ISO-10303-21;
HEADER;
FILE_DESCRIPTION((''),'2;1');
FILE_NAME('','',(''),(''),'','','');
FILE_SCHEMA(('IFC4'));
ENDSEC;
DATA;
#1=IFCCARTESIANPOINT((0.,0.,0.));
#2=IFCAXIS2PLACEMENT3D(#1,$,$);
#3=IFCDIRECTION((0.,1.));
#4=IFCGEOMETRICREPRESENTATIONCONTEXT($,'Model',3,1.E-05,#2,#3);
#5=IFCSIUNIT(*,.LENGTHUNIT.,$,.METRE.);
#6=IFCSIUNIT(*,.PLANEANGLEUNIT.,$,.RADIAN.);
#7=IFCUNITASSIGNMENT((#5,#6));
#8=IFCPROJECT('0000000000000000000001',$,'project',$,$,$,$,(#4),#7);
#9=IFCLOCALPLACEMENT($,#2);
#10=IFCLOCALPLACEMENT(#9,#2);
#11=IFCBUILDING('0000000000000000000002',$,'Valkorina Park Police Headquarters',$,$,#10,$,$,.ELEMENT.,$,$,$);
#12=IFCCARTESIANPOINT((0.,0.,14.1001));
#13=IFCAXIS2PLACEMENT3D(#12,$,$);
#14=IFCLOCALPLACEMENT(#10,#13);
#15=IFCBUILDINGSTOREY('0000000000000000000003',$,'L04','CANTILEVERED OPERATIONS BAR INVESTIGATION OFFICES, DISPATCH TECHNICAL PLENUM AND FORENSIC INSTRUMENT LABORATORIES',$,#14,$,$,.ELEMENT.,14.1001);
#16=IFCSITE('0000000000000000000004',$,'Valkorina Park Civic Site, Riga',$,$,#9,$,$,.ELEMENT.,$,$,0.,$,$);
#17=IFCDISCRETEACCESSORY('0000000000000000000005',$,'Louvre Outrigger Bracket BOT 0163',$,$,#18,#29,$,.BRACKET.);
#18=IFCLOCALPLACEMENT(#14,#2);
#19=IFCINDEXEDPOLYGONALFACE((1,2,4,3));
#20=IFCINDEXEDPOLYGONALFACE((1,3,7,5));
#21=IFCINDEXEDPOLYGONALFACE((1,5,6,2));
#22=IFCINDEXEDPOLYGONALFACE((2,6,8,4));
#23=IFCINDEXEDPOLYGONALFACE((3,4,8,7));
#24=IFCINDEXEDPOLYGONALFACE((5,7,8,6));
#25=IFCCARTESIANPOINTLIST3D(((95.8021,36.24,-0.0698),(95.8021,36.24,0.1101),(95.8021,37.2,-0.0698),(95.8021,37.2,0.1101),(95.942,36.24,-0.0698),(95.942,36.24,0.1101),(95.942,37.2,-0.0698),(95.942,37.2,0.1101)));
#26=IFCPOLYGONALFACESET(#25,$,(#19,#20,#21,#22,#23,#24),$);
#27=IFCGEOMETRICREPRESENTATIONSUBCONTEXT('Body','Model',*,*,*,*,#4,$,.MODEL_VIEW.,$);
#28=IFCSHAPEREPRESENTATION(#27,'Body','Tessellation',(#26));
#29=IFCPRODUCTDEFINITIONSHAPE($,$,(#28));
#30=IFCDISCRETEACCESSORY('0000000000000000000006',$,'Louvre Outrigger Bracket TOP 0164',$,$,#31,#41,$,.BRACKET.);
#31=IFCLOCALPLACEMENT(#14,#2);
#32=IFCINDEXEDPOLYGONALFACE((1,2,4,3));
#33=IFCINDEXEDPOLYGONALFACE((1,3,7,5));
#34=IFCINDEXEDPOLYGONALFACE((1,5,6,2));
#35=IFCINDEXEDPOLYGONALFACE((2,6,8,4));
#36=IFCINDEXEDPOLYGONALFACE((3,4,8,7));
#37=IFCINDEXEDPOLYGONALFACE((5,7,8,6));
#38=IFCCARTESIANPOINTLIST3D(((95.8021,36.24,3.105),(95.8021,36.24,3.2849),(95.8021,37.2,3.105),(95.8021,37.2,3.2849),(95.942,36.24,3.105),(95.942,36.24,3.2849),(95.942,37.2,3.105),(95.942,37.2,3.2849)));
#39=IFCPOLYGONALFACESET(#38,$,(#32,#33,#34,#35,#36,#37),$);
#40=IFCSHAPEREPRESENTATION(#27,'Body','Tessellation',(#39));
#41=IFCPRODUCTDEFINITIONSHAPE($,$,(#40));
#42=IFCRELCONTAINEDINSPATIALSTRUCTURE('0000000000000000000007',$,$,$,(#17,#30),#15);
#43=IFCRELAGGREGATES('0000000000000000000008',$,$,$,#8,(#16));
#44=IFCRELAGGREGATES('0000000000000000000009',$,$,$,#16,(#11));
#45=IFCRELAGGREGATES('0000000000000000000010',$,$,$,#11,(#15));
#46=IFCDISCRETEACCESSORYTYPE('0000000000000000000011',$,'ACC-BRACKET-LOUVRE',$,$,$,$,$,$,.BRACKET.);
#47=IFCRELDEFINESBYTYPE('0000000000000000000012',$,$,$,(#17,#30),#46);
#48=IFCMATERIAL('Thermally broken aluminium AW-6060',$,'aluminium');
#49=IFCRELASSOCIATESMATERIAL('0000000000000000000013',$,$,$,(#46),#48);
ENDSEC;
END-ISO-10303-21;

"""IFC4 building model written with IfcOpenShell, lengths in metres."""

from ifc_helpers import new_model, si_unit, direction, frame, origin, origin_2d, place, context, subcontext, project, spatial, rectangle, extrude, material, type_object, element, save


model = new_model("IFC4")

# Units and contexts
model_context = context("Model", 3, precision=1e-05, world=origin(), true_north=direction((0.0, 1.0)))
body_context = subcontext(model_context, "Body", "Model", "MODEL_VIEW")
ifc_project = project(units=[si_unit("LENGTHUNIT", "METRE"), si_unit("PLANEANGLEUNIT", "RADIAN")], contexts=[model_context])

# Site, building, storey
site_placement = place(None, origin())
site = spatial("IfcSite", under=ifc_project, at=site_placement, Name="Valkorina Park Civic Site, Riga", CompositionType="ELEMENT", RefElevation=0.0)
building_placement = place(site_placement, origin())
building = spatial("IfcBuilding", under=site, at=building_placement, Name="Valkorina Park Police Headquarters", CompositionType="ELEMENT")
storey_placement = place(building_placement, frame((0.0, 0.0, 14.1001)))
storey = spatial("IfcBuildingStorey", under=building, at=storey_placement, Name="L04", Description="CANTILEVERED OPERATIONS BAR INVESTIGATION OFFICES, DISPATCH TECHNICAL PLENUM AND FORENSIC INSTRUMENT LABORATORIES", CompositionType="ELEMENT", Elevation=14.1001)

# Shared definitions
ifc_material_1 = material(Name="Thermally broken aluminium AW-6060", Category="aluminium")

# Discrete accessories
discrete_accessory_type = type_object("IfcDiscreteAccessoryType", Name="ACC-BRACKET-LOUVRE", PredefinedType="BRACKET", material=ifc_material_1)
for number, where, z_axis, x_axis, name in (
    (1, (95.8721, 36.72, -0.0698), (0.0, 0.0, 1.0), (0.0, -1.0, 0.0), "Louvre Outrigger Bracket BOT 0163"),
    (2, (95.8721, 36.72, 3.105), (0.0, 0.0, 1.0), (0.0, -1.0, 0.0), "Louvre Outrigger Bracket TOP 0164"),
):
    element("IfcDiscreteAccessory", number, at=place(storey_placement, frame(where, z_axis=z_axis, x_axis=x_axis)), inside=storey, type_object=discrete_accessory_type, Name=name, PredefinedType="BRACKET", context=body_context, shape_type="SweptSolid", body=[
        extrude(rectangle(XDim=0.96, YDim=0.1399, at=origin_2d()), origin(), (0.0, 0.0, 1.0), 0.1799),
    ])

save(model, "model.ifc")
